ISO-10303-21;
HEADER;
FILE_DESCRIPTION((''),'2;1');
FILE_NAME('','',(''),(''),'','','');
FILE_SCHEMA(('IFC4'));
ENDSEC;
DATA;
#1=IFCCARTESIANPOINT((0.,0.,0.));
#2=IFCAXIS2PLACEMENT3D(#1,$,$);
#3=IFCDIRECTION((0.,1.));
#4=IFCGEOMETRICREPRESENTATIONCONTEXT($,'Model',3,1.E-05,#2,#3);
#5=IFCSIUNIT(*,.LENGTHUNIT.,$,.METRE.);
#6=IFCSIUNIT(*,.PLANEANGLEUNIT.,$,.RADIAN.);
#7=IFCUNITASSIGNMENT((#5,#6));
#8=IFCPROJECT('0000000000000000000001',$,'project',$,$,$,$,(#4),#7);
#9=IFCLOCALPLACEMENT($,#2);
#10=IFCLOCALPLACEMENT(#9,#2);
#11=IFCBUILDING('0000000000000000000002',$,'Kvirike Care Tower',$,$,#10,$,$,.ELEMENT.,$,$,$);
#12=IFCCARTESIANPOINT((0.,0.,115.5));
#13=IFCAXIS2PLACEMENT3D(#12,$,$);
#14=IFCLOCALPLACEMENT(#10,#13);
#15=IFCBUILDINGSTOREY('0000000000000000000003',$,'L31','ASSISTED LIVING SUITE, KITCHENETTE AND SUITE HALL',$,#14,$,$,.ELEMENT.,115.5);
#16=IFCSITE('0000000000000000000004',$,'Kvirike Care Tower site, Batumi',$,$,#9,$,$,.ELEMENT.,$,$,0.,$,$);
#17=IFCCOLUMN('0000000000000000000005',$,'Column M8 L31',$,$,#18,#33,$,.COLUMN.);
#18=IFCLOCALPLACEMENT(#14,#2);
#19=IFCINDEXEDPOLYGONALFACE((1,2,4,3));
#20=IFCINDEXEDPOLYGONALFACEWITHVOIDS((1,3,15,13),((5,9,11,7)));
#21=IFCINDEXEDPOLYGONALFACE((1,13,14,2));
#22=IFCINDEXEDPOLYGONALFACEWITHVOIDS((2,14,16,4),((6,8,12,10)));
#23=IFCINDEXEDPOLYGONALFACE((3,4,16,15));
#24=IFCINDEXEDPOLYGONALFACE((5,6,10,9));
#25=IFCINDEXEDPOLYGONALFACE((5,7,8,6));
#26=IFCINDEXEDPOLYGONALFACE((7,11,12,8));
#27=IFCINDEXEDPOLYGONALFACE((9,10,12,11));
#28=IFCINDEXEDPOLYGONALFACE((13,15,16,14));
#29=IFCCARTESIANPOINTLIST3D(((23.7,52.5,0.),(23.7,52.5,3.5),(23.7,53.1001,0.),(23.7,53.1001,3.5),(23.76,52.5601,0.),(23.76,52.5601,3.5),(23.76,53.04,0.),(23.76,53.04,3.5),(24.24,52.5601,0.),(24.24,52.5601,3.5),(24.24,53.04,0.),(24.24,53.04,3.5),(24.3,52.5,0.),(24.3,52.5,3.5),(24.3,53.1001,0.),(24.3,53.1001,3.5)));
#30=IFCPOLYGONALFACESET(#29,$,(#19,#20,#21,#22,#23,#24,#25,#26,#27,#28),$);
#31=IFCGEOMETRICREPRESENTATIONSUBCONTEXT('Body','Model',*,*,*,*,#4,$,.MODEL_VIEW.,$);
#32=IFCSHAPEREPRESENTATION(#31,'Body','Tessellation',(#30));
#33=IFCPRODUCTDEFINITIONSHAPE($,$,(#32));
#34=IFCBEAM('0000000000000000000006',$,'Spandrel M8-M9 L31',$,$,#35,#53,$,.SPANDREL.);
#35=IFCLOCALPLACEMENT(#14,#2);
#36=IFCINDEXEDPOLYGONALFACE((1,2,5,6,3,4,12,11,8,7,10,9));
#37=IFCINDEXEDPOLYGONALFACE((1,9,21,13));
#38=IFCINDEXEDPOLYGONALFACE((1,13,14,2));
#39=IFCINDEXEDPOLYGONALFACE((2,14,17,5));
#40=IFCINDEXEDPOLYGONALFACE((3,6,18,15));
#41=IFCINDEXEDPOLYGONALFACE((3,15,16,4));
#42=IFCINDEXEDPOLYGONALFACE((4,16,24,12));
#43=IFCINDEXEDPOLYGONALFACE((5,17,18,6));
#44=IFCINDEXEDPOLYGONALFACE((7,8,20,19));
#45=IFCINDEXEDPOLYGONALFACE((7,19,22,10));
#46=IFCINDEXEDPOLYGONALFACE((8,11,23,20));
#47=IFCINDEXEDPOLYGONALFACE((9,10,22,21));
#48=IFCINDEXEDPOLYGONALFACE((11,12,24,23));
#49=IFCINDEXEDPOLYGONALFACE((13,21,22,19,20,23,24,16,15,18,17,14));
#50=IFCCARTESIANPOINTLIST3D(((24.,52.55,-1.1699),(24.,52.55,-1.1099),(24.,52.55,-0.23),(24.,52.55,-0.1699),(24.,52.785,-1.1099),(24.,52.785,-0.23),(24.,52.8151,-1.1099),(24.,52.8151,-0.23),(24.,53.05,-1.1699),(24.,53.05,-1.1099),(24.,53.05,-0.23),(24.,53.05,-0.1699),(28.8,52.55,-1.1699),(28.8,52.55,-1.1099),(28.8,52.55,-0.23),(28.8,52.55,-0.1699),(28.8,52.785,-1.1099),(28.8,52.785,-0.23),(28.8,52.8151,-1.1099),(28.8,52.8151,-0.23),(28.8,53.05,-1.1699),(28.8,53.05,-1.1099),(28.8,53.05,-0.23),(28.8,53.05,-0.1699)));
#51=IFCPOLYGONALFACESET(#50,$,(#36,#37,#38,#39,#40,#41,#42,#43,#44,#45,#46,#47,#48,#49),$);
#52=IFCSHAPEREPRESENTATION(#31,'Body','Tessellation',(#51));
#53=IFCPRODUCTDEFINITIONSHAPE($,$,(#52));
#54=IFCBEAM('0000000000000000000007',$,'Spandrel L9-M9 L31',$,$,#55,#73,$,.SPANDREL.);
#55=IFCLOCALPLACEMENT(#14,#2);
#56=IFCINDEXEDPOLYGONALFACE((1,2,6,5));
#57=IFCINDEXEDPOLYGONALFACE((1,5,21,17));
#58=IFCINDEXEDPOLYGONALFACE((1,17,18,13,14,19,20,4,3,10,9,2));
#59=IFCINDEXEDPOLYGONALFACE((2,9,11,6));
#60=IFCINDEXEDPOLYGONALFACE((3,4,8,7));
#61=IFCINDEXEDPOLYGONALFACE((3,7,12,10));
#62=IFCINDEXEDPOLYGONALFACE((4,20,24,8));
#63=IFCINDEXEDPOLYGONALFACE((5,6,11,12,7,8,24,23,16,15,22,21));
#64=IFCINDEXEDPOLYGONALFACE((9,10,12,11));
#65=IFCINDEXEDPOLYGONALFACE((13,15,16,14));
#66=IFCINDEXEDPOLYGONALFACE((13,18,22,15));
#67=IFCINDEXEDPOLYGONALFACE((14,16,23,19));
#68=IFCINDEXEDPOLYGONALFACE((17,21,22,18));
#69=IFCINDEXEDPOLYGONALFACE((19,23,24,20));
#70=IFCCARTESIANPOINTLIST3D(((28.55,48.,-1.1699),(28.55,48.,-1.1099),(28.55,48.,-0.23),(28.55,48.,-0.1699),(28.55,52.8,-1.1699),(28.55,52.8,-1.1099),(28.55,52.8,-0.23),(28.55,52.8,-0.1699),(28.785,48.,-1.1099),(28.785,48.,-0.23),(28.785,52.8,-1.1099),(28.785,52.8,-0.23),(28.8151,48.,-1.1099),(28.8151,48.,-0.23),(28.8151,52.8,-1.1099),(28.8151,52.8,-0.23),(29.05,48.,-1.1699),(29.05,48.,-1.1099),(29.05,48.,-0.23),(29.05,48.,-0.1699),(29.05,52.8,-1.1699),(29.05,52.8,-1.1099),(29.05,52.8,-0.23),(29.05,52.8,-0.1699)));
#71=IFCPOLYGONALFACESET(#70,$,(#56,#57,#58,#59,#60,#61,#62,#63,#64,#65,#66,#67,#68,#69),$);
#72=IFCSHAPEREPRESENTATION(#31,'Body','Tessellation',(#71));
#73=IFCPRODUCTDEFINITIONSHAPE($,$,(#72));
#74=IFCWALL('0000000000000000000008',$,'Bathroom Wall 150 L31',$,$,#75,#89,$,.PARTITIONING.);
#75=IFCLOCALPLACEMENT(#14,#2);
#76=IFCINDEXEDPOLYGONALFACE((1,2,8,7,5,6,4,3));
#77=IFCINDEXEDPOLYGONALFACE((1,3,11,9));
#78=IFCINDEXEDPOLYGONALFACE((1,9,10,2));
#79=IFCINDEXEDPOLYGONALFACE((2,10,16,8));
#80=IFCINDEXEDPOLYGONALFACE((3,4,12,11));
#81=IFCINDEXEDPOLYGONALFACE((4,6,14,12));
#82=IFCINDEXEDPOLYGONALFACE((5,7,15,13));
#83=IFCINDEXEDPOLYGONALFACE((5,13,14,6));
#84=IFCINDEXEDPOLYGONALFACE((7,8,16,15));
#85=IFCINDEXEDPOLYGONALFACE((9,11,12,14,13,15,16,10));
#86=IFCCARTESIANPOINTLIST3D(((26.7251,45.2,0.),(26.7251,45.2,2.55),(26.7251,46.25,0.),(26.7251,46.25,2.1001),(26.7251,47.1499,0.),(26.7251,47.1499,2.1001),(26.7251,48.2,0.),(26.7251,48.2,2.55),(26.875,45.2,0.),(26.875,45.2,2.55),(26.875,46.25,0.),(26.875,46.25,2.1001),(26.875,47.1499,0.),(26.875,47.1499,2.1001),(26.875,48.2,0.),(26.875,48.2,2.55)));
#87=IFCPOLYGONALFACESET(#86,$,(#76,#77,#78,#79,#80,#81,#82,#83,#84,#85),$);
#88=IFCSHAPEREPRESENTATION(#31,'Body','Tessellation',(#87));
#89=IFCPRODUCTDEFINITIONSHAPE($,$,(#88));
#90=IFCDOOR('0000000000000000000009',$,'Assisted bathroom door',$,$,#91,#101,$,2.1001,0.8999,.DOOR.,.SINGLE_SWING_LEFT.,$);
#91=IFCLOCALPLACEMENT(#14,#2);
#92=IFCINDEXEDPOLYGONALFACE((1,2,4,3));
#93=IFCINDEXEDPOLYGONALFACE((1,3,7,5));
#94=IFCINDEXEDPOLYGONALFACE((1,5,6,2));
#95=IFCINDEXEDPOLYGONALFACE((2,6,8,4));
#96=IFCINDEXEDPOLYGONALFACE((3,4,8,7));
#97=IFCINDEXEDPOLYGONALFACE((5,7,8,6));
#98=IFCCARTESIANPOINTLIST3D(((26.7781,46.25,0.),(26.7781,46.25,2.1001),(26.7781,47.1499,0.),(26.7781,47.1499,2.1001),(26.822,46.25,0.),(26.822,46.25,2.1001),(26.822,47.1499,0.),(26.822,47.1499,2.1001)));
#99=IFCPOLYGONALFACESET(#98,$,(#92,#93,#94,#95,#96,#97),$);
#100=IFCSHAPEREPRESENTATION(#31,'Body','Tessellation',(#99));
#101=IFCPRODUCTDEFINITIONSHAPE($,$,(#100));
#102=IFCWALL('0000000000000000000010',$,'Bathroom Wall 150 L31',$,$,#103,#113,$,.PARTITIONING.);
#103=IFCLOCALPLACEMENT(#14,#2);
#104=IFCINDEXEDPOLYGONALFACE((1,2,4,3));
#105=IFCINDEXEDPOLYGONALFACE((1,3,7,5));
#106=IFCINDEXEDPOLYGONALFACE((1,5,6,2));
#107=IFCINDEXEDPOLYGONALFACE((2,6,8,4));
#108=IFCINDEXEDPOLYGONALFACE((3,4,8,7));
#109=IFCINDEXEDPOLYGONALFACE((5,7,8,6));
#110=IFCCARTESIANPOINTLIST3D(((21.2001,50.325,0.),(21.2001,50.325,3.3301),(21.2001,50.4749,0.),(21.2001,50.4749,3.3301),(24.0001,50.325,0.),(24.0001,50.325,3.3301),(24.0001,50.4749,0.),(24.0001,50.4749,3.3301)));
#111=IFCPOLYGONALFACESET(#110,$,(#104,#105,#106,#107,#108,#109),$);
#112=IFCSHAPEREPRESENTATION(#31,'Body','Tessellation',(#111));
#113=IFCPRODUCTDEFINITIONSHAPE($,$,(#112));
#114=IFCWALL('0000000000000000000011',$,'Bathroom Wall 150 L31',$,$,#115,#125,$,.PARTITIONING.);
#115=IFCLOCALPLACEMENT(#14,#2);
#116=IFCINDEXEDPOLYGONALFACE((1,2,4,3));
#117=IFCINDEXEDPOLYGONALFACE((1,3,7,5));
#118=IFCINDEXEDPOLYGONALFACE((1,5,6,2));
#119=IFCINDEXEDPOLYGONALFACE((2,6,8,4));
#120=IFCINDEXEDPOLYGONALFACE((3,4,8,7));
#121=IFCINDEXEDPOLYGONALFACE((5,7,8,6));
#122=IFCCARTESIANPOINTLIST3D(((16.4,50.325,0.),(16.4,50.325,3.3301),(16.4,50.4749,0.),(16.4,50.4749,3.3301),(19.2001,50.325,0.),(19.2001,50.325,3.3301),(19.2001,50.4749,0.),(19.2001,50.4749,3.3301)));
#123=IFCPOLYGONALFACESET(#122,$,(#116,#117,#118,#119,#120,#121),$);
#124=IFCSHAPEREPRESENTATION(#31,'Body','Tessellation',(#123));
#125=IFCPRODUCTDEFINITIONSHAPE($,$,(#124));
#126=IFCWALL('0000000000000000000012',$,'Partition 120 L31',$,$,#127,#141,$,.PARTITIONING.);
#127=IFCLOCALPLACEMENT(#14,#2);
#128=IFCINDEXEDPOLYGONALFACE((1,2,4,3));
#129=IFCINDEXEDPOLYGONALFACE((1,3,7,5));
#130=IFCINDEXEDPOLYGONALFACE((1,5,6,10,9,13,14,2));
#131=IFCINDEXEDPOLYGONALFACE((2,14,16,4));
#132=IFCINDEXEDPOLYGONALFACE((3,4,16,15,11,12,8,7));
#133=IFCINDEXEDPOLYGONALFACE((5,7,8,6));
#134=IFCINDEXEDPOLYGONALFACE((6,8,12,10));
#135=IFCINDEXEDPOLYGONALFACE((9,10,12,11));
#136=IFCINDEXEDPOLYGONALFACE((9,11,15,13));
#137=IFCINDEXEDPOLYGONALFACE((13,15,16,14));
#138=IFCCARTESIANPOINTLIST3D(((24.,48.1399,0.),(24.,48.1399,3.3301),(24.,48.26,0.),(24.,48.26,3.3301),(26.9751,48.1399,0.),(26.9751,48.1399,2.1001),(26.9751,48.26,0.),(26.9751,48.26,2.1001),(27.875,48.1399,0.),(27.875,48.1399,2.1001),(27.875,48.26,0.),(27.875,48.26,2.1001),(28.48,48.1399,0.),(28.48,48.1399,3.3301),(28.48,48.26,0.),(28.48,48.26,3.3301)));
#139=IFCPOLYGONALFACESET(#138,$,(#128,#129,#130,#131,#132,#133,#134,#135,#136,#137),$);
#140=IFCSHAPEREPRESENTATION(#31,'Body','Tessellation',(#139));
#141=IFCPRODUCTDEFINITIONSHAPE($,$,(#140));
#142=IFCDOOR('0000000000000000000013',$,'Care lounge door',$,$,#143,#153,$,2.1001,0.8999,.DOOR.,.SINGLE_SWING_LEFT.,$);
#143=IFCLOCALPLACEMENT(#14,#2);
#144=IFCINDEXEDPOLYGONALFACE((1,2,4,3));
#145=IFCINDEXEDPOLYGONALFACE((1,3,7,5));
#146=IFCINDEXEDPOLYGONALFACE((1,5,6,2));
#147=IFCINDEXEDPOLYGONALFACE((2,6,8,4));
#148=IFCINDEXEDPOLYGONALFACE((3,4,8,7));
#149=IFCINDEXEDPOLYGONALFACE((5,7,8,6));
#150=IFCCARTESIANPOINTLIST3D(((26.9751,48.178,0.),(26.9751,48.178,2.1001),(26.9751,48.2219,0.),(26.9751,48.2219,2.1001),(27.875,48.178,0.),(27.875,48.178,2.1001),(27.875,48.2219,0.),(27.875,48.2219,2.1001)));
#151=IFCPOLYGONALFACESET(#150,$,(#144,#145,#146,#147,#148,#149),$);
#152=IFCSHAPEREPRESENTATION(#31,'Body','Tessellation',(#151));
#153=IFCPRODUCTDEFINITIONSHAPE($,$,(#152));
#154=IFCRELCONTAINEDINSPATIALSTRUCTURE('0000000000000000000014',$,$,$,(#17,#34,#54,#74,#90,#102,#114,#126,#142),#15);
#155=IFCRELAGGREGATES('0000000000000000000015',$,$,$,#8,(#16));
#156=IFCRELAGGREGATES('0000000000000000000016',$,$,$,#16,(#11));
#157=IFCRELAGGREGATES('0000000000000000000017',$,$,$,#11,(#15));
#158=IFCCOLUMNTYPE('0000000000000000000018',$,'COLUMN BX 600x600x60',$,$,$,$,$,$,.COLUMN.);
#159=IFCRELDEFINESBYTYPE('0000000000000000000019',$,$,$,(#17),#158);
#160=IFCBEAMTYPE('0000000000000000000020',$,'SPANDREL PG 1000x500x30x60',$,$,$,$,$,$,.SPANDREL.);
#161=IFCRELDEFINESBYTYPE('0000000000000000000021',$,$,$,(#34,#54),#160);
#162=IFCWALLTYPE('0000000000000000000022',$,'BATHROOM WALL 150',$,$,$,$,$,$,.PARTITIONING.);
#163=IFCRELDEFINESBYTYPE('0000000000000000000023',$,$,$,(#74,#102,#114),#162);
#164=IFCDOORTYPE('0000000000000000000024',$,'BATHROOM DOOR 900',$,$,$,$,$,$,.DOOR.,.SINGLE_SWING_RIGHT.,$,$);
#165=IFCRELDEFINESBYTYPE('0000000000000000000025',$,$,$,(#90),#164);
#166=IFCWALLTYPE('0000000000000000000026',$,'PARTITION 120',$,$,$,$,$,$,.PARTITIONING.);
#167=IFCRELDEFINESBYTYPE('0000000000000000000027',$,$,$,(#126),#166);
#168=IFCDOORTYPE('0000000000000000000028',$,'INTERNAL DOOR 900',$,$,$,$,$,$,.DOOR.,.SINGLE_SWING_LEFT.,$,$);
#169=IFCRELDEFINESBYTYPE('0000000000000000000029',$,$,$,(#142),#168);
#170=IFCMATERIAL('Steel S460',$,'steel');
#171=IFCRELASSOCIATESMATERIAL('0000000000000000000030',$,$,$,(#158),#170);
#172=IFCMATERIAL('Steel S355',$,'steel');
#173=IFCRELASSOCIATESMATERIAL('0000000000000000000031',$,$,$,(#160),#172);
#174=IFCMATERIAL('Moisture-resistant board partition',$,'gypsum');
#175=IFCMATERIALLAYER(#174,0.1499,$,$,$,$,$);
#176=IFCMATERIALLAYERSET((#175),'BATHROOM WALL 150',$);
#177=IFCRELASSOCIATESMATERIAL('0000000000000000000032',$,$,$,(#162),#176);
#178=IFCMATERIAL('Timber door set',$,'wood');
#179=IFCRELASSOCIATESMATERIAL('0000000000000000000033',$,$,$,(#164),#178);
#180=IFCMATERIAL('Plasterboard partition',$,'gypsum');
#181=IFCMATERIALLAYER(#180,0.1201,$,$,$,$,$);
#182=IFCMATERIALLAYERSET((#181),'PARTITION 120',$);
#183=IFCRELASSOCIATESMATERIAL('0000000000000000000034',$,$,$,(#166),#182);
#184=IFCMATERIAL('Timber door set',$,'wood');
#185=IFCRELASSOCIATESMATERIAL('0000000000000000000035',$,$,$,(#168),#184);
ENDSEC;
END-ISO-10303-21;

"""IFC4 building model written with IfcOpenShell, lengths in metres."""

from ifc_helpers import new_model, si_unit, direction, frame, frame_2d, origin, origin_2d, place, context, subcontext, project, spatial, rectangle, hollow_rectangle, i_section, extrude, material, layer, layer_set, material_profile, profile_set, type_object, element, fill, save


model = new_model("IFC4")

# Units and contexts
model_context = context("Model", 3, precision=1e-05, world=origin(), true_north=direction((0.0, 1.0)))
body_context = subcontext(model_context, "Body", "Model", "MODEL_VIEW")
ifc_project = project(units=[si_unit("LENGTHUNIT", "METRE"), si_unit("PLANEANGLEUNIT", "RADIAN")], contexts=[model_context])

# Site, building, storey
site_placement = place(None, origin())
site = spatial("IfcSite", under=ifc_project, at=site_placement, Name="Kvirike Care Tower site, Batumi", CompositionType="ELEMENT", RefElevation=0.0)
building_placement = place(site_placement, origin())
building = spatial("IfcBuilding", under=site, at=building_placement, Name="Kvirike Care Tower", CompositionType="ELEMENT")
storey_placement = place(building_placement, frame((0.0, 0.0, 115.5)))
storey = spatial("IfcBuildingStorey", under=building, at=storey_placement, Name="L31", Description="ASSISTED LIVING SUITE, KITCHENETTE AND SUITE HALL", CompositionType="ELEMENT", Elevation=115.5)

# Column
ifc_material_1 = material(Name="Steel S460", Category="steel")
ifc_material_profile_1 = material_profile(ifc_material_1, hollow_rectangle(XDim=0.6001, YDim=0.6001, WallThickness=0.0601, at=origin_2d()), Name="BX 600x600x60")
ifc_profile_set_1 = profile_set([ifc_material_profile_1], Name="Steel S460")
column_type = type_object("IfcColumnType", Name="COLUMN BX 600x600x60", PredefinedType="COLUMN", material=ifc_profile_set_1)
column_placement = place(storey_placement, frame((24.0, 52.8, 0.0), z_axis=(0.0, 0.0, 1.0), x_axis=(0.0, 1.0, 0.0)))
element("IfcColumn", 1, at=column_placement, inside=storey, type_object=column_type, Name="Column M8 L31", PredefinedType="COLUMN", context=body_context, shape_type="SweptSolid", body=[
    extrude(hollow_rectangle(XDim=0.6001, YDim=0.6001, WallThickness=0.0601, at=origin_2d()), origin(), (0.0, 0.0, 1.0), 3.5),
])

# Beams
ifc_material_2 = material(Name="Steel S355", Category="steel")
ifc_material_profile_2 = material_profile(ifc_material_2, i_section(OverallWidth=0.5, OverallDepth=1.0, WebThickness=0.03, FlangeThickness=0.0601, at=origin_2d()), Name="PG 1000x500x30x60")
ifc_profile_set_2 = profile_set([ifc_material_profile_2], Name="Steel S355")
beam_type = type_object("IfcBeamType", Name="SPANDREL PG 1000x500x30x60", PredefinedType="SPANDREL", material=ifc_profile_set_2)
for number, where, z_axis, x_axis, name in (
    (2, (24.0, 52.8, -0.6699), (1.0, 0.0, 0.0), (0.0, 1.0, 0.0), "Spandrel M8-M9 L31"),
    (3, (28.8, 48.0, -0.6699), (0.0, 1.0, 0.0), (-1.0, 0.0, 0.0), "Spandrel L9-M9 L31"),
):
    element("IfcBeam", number, at=place(storey_placement, frame(where, z_axis=z_axis, x_axis=x_axis)), inside=storey, type_object=beam_type, Name=name, PredefinedType="SPANDREL", context=body_context, shape_type="SweptSolid", body=[
        extrude(i_section(OverallWidth=0.5, OverallDepth=1.0, WebThickness=0.03, FlangeThickness=0.0601, at=origin_2d()), origin(), (0.0, 0.0, 1.0), 4.8),
    ])

# Wall, opening, door
ifc_material_3 = material(Name="Moisture-resistant board partition", Category="gypsum")
ifc_layer_1 = layer(ifc_material_3, 0.1499)
ifc_layer_set_1 = layer_set([ifc_layer_1], Name="BATHROOM WALL 150")
wall_type_1 = type_object("IfcWallType", Name="BATHROOM WALL 150", PredefinedType="PARTITIONING", material=ifc_layer_set_1)
wall_1_placement = place(storey_placement, frame((26.8, 48.2, 0.0), z_axis=(0.0, 0.0, 1.0), x_axis=(0.0, -1.0, 0.0)))
wall_1 = element("IfcWall", 4, at=wall_1_placement, inside=storey, type_object=wall_type_1, Name="Bathroom Wall 150 L31", PredefinedType="PARTITIONING", context=body_context, shape_type="SweptSolid", body=[
    extrude(rectangle(XDim=3.0, YDim=0.1499, at=frame_2d((1.5, 0.0))), origin(), (0.0, 0.0, 1.0), 2.55),
])
opening_1_placement = place(wall_1_placement, frame((1.05, 0.0, 0.0)))
opening_1 = element("IfcOpeningElement", 5, at=opening_1_placement, cuts=wall_1, PredefinedType="OPENING", context=body_context, shape_type="SweptSolid", body=[
    extrude(rectangle(XDim=0.8999, YDim=2.1001, at=frame_2d((0.45, 1.05))), frame((0.0, 0.0854, 0.0), z_axis=(0.0, -1.0, 0.0), x_axis=(1.0, 0.0, 0.0)), (0.0, 0.0, 1.0), 0.1709),
])
ifc_material_4 = material(Name="Timber door set", Category="wood")
door_type_1 = type_object("IfcDoorType", Name="BATHROOM DOOR 900", OperationType="SINGLE_SWING_RIGHT", PredefinedType="DOOR", material=ifc_material_4)
door_1_placement = place(opening_1_placement, origin())
door_1 = element("IfcDoor", 6, at=door_1_placement, inside=storey, type_object=door_type_1, Name="Assisted bathroom door", OperationType="SINGLE_SWING_LEFT", OverallHeight=2.1001, OverallWidth=0.8999, PredefinedType="DOOR", context=body_context, shape_type="SweptSolid", body=[
    extrude(rectangle(XDim=0.8999, YDim=2.1001, at=frame_2d((0.45, 1.05))), frame((0.0, 0.022, 0.0), z_axis=(0.0, -1.0, 0.0), x_axis=(1.0, 0.0, 0.0)), (0.0, 0.0, 1.0), 0.0439),
])
fill(opening_1, door_1)

# Walls
for number, where, z_axis, x_axis, name in (
    (7, (24.0, 50.3999, 0.0), (0.0, 0.0, 1.0), (-1.0, 0.0, 0.0), "Bathroom Wall 150 L31"),
    (8, (19.2, 50.3999, 0.0), (0.0, 0.0, 1.0), (-1.0, 0.0, 0.0), "Bathroom Wall 150 L31"),
):
    element("IfcWall", number, at=place(storey_placement, frame(where, z_axis=z_axis, x_axis=x_axis)), inside=storey, type_object=wall_type_1, Name=name, PredefinedType="PARTITIONING", context=body_context, shape_type="SweptSolid", body=[
        extrude(rectangle(XDim=2.8, YDim=0.1499, at=frame_2d((1.3999, 0.0))), origin(), (0.0, 0.0, 1.0), 3.3301),
    ])

# Wall, opening, door
ifc_material_5 = material(Name="Plasterboard partition", Category="gypsum")
ifc_layer_2 = layer(ifc_material_5, 0.1201)
ifc_layer_set_2 = layer_set([ifc_layer_2], Name="PARTITION 120")
wall_type_2 = type_object("IfcWallType", Name="PARTITION 120", PredefinedType="PARTITIONING", material=ifc_layer_set_2)
wall_2_placement = place(storey_placement, frame((28.48, 48.2, 0.0), z_axis=(0.0, 0.0, 1.0), x_axis=(-1.0, 0.0, 0.0)))
wall_2 = element("IfcWall", 9, at=wall_2_placement, inside=storey, type_object=wall_type_2, Name="Partition 120 L31", PredefinedType="PARTITIONING", context=body_context, shape_type="SweptSolid", body=[
    extrude(rectangle(XDim=4.48, YDim=0.1201, at=frame_2d((2.24, 0.0))), origin(), (0.0, 0.0, 1.0), 3.3301),
])
opening_2_placement = place(wall_2_placement, frame((0.605, 0.0, 0.0)))
opening_2 = element("IfcOpeningElement", 10, at=opening_2_placement, cuts=wall_2, PredefinedType="OPENING", context=body_context, shape_type="SweptSolid", body=[
    extrude(rectangle(XDim=0.8999, YDim=2.1001, at=frame_2d((0.45, 1.05))), frame((0.0, 0.0706, 0.0), z_axis=(0.0, -1.0, 0.0), x_axis=(1.0, 0.0, 0.0)), (0.0, 0.0, 1.0), 0.1411),
])
ifc_material_6 = material(Name="Timber door set", Category="wood")
door_type_2 = type_object("IfcDoorType", Name="INTERNAL DOOR 900", OperationType="SINGLE_SWING_LEFT", PredefinedType="DOOR", material=ifc_material_6)
door_2_placement = place(opening_2_placement, origin())
door_2 = element("IfcDoor", 11, at=door_2_placement, inside=storey, type_object=door_type_2, Name="Care lounge door", OperationType="SINGLE_SWING_LEFT", OverallHeight=2.1001, OverallWidth=0.8999, PredefinedType="DOOR", context=body_context, shape_type="SweptSolid", body=[
    extrude(rectangle(XDim=0.8999, YDim=2.1001, at=frame_2d((0.45, 1.05))), frame((0.0, 0.022, 0.0), z_axis=(0.0, -1.0, 0.0), x_axis=(1.0, 0.0, 0.0)), (0.0, 0.0, 1.0), 0.0439),
])
fill(opening_2, door_2)

save(model, "model.ifc")
